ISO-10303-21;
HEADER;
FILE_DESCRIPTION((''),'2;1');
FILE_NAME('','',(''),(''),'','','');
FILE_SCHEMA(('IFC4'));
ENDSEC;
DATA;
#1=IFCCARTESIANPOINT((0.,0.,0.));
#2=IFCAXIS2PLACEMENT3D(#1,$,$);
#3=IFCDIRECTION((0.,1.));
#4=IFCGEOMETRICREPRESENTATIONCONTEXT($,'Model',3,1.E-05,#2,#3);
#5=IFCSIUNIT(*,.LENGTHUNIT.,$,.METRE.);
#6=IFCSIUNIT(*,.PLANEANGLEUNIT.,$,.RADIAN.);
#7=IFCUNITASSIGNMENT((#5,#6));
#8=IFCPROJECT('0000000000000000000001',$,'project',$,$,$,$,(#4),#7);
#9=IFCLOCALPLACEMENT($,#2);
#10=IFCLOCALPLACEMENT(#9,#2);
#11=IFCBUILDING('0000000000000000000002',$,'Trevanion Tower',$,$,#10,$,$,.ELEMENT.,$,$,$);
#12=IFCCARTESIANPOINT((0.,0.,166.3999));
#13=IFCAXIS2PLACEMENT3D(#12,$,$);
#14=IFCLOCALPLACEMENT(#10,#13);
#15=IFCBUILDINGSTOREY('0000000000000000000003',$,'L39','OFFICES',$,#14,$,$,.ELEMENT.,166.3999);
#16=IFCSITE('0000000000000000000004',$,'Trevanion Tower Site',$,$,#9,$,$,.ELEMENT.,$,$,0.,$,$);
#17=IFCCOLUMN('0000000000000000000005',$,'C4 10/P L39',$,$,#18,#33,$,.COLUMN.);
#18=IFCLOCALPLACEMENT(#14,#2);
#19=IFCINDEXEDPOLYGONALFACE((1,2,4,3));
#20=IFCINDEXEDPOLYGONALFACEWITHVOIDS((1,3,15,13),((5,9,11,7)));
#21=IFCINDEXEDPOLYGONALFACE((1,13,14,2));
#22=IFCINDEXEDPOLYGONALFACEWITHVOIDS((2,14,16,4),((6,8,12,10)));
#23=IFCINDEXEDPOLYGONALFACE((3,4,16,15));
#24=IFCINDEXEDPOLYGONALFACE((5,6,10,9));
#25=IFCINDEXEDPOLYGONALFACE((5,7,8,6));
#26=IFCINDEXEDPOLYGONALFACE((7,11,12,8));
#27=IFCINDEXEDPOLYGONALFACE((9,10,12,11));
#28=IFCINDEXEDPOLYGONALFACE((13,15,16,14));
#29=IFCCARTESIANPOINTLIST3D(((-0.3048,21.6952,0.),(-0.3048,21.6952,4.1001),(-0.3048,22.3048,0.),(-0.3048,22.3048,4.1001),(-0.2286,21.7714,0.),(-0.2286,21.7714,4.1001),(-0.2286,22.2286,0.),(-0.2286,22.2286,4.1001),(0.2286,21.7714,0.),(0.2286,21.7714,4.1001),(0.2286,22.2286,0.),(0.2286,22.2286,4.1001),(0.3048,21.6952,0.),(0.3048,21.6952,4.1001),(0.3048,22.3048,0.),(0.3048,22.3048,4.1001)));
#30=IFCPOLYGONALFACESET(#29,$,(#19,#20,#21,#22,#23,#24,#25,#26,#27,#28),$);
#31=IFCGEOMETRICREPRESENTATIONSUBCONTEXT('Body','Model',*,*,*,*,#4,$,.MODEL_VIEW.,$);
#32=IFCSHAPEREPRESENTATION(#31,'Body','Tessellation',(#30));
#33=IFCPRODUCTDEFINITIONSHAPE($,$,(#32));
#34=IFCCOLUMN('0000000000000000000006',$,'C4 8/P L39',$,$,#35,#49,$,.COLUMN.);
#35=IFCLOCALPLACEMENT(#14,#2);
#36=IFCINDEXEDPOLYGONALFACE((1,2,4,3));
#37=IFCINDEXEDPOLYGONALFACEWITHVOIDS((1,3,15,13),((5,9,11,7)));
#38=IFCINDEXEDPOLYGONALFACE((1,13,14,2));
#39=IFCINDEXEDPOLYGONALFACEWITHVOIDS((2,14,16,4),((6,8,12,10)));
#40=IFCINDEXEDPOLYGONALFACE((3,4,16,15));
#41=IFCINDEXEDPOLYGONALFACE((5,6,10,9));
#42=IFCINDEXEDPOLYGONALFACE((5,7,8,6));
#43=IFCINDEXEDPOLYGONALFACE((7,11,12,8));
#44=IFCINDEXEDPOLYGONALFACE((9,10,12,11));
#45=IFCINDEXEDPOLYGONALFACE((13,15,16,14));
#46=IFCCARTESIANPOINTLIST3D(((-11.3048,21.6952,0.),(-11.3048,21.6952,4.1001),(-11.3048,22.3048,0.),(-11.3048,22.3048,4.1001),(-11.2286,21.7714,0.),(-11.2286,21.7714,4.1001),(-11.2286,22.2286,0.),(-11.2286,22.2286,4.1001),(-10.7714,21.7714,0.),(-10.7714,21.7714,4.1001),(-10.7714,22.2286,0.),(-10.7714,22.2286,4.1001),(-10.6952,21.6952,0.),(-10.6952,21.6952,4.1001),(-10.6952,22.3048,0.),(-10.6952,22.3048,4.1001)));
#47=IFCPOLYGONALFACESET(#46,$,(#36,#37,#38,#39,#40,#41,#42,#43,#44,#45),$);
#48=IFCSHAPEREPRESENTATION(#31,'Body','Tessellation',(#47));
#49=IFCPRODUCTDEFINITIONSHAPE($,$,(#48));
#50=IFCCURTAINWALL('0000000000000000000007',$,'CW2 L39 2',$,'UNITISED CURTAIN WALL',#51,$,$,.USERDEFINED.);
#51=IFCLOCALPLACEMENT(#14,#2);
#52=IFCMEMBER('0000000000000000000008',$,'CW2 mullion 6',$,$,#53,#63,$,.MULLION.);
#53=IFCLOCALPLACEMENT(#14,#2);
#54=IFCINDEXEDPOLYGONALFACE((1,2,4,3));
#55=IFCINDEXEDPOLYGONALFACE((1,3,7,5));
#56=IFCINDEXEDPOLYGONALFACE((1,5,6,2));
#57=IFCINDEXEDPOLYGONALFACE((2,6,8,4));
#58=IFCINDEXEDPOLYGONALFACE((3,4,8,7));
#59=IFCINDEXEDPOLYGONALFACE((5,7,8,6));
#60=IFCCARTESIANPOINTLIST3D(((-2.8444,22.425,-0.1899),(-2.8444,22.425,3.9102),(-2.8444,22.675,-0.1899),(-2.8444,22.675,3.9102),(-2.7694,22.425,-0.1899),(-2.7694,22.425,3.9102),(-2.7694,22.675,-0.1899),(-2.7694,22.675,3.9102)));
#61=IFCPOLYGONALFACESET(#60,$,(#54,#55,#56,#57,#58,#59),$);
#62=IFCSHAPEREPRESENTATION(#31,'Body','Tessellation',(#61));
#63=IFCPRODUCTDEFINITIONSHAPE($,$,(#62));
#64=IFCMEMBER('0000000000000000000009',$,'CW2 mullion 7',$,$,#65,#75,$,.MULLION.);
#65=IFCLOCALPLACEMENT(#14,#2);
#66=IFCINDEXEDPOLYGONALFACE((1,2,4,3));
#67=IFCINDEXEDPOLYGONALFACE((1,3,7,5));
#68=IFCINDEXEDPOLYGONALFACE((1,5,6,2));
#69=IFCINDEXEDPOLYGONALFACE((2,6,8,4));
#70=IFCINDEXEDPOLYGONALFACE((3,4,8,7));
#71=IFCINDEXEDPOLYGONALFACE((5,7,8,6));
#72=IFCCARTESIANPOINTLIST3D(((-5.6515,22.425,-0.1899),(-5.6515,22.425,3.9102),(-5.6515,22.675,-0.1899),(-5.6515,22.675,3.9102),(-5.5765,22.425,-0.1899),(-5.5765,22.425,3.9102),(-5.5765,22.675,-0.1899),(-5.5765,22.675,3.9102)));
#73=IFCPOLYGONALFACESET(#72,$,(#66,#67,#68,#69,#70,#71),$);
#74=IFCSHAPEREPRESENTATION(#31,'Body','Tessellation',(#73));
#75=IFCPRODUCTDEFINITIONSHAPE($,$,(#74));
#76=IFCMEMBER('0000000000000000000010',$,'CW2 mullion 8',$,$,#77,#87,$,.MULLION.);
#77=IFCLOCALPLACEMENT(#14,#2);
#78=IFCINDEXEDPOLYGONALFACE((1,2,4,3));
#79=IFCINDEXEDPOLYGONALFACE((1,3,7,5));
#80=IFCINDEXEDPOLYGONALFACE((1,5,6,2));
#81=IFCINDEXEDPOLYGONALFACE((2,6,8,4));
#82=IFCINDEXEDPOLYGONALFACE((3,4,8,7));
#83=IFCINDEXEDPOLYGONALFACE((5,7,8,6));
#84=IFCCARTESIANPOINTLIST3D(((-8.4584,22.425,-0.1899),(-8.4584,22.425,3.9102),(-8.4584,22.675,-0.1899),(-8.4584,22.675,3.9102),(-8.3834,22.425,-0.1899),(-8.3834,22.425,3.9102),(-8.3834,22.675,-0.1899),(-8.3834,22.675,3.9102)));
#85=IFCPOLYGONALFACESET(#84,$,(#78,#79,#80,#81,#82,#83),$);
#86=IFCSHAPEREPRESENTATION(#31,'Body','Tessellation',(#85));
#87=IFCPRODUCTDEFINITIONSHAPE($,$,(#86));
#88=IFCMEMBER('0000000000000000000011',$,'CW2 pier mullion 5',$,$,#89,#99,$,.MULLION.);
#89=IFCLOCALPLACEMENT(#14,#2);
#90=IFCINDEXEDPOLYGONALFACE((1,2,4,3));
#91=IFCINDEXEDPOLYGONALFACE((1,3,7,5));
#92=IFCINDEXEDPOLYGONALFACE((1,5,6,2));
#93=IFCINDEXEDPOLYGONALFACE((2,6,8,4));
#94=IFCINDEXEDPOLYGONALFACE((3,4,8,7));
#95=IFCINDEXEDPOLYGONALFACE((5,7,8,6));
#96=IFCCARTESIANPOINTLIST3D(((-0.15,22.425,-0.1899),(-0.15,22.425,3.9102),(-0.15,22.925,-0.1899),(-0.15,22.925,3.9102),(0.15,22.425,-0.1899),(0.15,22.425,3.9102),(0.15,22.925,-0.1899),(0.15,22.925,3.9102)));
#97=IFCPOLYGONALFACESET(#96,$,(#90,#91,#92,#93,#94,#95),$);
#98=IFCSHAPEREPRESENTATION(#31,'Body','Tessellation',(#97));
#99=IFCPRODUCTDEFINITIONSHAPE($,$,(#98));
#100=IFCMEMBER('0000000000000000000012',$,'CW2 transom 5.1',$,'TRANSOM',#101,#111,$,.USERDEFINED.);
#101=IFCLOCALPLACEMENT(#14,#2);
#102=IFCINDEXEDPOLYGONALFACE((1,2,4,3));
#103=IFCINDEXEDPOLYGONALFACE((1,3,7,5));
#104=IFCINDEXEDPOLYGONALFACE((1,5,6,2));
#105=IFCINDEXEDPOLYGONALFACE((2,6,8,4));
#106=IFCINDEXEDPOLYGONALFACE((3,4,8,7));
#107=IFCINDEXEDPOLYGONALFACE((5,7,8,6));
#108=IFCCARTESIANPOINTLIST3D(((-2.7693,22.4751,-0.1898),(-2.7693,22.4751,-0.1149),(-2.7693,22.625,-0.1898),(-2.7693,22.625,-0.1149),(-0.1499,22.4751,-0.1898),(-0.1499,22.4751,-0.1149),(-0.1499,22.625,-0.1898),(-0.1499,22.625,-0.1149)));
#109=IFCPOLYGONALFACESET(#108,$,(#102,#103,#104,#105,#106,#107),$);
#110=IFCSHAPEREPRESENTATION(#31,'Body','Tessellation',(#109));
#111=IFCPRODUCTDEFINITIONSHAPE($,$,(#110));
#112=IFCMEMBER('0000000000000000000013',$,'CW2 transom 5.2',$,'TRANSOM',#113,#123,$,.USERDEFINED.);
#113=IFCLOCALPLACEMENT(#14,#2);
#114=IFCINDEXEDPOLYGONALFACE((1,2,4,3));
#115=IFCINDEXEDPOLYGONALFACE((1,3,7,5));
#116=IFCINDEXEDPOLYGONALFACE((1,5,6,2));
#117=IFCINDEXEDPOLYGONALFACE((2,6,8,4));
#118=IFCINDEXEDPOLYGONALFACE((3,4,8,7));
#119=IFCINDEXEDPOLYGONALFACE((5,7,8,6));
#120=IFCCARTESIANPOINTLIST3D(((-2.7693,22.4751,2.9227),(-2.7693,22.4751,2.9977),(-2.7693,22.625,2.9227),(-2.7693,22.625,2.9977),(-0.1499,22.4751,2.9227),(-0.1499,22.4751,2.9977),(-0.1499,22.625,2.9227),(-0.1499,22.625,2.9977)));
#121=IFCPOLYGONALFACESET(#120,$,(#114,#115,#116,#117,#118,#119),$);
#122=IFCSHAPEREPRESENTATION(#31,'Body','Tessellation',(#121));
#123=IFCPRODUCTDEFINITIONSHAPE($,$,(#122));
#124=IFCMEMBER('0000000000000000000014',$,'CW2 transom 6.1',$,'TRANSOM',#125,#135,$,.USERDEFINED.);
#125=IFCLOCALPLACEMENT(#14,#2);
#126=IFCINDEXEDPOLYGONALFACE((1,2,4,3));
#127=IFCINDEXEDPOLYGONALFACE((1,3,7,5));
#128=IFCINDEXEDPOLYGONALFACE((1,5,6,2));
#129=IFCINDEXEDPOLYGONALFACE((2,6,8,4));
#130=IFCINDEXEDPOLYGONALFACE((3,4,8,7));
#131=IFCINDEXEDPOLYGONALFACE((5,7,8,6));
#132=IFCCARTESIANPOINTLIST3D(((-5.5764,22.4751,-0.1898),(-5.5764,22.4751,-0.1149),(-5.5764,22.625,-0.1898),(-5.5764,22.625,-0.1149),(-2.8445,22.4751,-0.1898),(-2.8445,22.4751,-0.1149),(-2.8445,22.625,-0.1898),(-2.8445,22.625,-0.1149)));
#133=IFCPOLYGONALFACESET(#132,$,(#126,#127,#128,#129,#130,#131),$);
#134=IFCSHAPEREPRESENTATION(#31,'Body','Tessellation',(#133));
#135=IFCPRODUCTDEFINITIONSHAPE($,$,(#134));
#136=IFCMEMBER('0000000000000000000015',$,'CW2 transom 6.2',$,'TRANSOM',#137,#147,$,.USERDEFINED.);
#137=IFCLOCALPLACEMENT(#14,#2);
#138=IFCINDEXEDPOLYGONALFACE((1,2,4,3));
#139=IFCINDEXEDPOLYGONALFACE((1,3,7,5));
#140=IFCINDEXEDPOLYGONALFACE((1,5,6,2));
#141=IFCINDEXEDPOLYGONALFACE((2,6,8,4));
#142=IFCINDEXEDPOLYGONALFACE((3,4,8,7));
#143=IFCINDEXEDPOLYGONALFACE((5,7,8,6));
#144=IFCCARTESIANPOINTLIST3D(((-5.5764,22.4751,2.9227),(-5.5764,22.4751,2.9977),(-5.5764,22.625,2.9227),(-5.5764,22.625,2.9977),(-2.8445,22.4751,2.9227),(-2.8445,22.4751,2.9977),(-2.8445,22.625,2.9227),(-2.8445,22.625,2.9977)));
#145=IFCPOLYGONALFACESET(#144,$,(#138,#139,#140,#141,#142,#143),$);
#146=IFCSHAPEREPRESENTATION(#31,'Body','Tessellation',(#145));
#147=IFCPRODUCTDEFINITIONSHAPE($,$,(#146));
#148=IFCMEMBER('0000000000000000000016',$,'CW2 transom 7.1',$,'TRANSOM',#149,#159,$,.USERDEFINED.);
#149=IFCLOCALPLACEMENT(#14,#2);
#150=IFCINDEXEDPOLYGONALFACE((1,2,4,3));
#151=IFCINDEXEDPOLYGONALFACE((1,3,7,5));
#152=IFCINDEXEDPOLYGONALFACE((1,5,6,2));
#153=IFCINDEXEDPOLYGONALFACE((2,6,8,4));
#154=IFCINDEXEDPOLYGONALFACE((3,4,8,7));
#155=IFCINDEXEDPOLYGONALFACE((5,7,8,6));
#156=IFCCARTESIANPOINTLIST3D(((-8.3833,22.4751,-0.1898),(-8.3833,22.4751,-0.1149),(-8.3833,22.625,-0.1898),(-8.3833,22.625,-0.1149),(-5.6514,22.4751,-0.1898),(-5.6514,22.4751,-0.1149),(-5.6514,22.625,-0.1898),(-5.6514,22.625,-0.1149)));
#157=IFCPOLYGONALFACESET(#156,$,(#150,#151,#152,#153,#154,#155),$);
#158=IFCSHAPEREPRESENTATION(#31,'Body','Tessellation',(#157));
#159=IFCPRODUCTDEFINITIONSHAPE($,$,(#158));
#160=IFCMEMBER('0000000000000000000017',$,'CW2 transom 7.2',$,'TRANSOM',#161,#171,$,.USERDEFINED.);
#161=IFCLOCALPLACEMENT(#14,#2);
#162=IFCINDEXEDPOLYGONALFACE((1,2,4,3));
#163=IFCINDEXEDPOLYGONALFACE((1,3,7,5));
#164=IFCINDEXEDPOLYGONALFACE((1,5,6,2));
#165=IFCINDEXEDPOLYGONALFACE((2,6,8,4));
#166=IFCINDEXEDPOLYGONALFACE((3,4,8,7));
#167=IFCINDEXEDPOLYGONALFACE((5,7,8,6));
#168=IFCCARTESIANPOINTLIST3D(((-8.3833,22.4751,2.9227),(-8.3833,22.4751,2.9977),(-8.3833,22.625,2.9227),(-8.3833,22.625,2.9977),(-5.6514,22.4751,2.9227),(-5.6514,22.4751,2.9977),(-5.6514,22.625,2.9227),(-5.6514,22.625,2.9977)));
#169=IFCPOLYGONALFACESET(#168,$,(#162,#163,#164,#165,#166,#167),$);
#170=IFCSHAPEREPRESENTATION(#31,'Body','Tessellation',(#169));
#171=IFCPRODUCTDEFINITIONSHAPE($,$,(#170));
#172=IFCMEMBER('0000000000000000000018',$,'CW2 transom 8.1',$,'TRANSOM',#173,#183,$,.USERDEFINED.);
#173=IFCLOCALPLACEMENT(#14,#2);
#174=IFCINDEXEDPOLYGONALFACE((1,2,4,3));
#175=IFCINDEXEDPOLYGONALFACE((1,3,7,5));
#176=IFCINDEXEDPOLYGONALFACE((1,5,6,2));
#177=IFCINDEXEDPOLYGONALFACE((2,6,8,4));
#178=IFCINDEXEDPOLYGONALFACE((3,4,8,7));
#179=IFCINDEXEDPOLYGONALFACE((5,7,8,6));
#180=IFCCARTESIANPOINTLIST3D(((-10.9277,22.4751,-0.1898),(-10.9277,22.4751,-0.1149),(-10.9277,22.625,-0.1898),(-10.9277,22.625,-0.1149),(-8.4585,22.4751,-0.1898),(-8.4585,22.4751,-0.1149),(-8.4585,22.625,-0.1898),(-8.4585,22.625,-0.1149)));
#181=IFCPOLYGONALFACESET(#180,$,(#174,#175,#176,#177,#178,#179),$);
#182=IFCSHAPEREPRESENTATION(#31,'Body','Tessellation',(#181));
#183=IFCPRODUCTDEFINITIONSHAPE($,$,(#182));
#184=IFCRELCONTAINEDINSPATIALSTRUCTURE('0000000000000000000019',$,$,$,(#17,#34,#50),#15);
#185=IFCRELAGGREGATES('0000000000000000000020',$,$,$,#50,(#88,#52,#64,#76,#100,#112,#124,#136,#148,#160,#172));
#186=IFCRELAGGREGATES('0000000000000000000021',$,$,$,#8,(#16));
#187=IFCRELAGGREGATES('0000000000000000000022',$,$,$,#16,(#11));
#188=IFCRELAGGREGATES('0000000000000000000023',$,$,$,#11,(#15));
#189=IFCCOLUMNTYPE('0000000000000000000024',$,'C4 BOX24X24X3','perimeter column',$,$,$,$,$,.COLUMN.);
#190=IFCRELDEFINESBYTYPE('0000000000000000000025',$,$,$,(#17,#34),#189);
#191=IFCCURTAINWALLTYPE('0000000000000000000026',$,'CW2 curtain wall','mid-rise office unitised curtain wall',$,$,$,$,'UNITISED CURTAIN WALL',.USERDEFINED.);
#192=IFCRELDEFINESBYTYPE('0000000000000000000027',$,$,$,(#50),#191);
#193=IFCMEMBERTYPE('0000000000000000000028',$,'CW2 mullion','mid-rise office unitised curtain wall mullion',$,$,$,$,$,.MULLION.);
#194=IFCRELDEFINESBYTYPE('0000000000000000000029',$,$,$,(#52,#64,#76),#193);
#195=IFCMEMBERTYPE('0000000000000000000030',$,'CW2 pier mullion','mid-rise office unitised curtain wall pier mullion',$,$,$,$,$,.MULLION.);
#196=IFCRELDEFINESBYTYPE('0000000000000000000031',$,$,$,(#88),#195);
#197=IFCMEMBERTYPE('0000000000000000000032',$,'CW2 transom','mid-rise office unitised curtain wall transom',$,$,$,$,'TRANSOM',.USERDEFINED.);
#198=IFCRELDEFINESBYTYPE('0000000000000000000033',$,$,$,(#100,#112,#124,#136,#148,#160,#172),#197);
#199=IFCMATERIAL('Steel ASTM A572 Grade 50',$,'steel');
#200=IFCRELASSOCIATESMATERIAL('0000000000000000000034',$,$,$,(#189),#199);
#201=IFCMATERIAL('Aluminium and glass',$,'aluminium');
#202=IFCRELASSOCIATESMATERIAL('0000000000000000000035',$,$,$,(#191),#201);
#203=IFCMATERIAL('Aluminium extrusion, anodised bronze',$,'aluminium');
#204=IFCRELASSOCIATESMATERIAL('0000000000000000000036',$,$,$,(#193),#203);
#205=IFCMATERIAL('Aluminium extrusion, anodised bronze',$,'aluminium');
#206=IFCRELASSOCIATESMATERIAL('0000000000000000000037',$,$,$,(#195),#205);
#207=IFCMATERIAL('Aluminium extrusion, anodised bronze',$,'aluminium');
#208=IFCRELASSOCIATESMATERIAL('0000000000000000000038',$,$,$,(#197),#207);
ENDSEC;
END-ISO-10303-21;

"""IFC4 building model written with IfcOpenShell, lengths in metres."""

from ifc_helpers import new_model, si_unit, direction, frame, origin, origin_2d, place, context, subcontext, project, spatial, rectangle, hollow_rectangle, extrude, material, material_profile, profile_set, type_object, element, aggregate, save


model = new_model("IFC4")

# Units and contexts
model_context = context("Model", 3, precision=1e-05, world=origin(), true_north=direction((0.0, 1.0)))
body_context = subcontext(model_context, "Body", "Model", "MODEL_VIEW")
ifc_project = project(units=[si_unit("LENGTHUNIT", "METRE"), si_unit("PLANEANGLEUNIT", "RADIAN")], contexts=[model_context])

# Site, building, storey
site_placement = place(None, origin())
site = spatial("IfcSite", under=ifc_project, at=site_placement, Name="Trevanion Tower Site", CompositionType="ELEMENT", RefElevation=0.0)
building_placement = place(site_placement, origin())
building = spatial("IfcBuilding", under=site, at=building_placement, Name="Trevanion Tower", CompositionType="ELEMENT")
storey_placement = place(building_placement, frame((0.0, 0.0, 166.3999)))
storey = spatial("IfcBuildingStorey", under=building, at=storey_placement, Name="L39", Description="OFFICES", CompositionType="ELEMENT", Elevation=166.3999)

# Columns
ifc_material_1 = material(Name="Steel ASTM A572 Grade 50", Category="steel")
ifc_material_profile_1 = material_profile(ifc_material_1, hollow_rectangle(XDim=0.6096, YDim=0.6096, WallThickness=0.0762, at=origin_2d()), Name="BOX24X24X3")
ifc_profile_set_1 = profile_set([ifc_material_profile_1], Name="Steel ASTM A572 Grade 50")
column_type = type_object("IfcColumnType", Name="C4 BOX24X24X3", Description="perimeter column", PredefinedType="COLUMN", material=ifc_profile_set_1)
for number, where, z_axis, x_axis, name in (
    (1, (0.0, 22.0, 0.0), (0.0, 0.0, 1.0), (1.0, 0.0, 0.0), "C4 10/P L39"),
    (2, (-11.0, 22.0, 0.0), (0.0, 0.0, 1.0), (1.0, 0.0, 0.0), "C4 8/P L39"),
):
    element("IfcColumn", number, at=place(storey_placement, frame(where, z_axis=z_axis, x_axis=x_axis)), inside=storey, type_object=column_type, Name=name, PredefinedType="COLUMN", context=body_context, shape_type="SweptSolid", body=[
        extrude(hollow_rectangle(XDim=0.6096, YDim=0.6096, WallThickness=0.0762, at=origin_2d()), origin(), (0.0, 0.0, 1.0), 4.1001),
    ])

# Curtain wall, members
ifc_material_2 = material(Name="Aluminium and glass", Category="aluminium")
curtain_wall_type = type_object("IfcCurtainWallType", Name="CW2 curtain wall", Description="mid-rise office unitised curtain wall", ElementType="UNITISED CURTAIN WALL", PredefinedType="USERDEFINED", material=ifc_material_2)
curtain_wall_placement = place(storey_placement, origin())
curtain_wall = element("IfcCurtainWall", 3, at=curtain_wall_placement, inside=storey, type_object=curtain_wall_type, Name="CW2 L39 2", ObjectType="UNITISED CURTAIN WALL", PredefinedType="USERDEFINED")
ifc_material_3 = material(Name="Aluminium extrusion, anodised bronze", Category="aluminium")
ifc_material_profile_2 = material_profile(ifc_material_3, rectangle(XDim=0.075, YDim=0.25, at=origin_2d()), Name="CW2 mullion")
ifc_profile_set_2 = profile_set([ifc_material_profile_2], Name="Aluminium extrusion, anodised bronze")
member_type_1 = type_object("IfcMemberType", Name="CW2 mullion", Description="mid-rise office unitised curtain wall mullion", PredefinedType="MULLION", material=ifc_profile_set_2)
member_1_placement = place(storey_placement, frame((-2.8069, 22.55, -0.1899), z_axis=(0.0, 0.0, 1.0), x_axis=(-1.0, 0.0, 0.0)))
member_1 = element("IfcMember", 4, at=member_1_placement, type_object=member_type_1, Name="CW2 mullion 6", PredefinedType="MULLION", context=body_context, shape_type="SweptSolid", body=[
    extrude(rectangle(XDim=0.075, YDim=0.25, at=origin_2d()), origin(), (0.0, 0.0, 1.0), 4.1001),
])
member_2_placement = place(storey_placement, frame((-5.614, 22.55, -0.1899), z_axis=(0.0, 0.0, 1.0), x_axis=(-1.0, 0.0, 0.0)))
member_2 = element("IfcMember", 5, at=member_2_placement, type_object=member_type_1, Name="CW2 mullion 7", PredefinedType="MULLION", context=body_context, shape_type="SweptSolid", body=[
    extrude(rectangle(XDim=0.075, YDim=0.25, at=origin_2d()), origin(), (0.0, 0.0, 1.0), 4.1001),
])
member_3_placement = place(storey_placement, frame((-8.4209, 22.55, -0.1899), z_axis=(0.0, 0.0, 1.0), x_axis=(-1.0, 0.0, 0.0)))
member_3 = element("IfcMember", 6, at=member_3_placement, type_object=member_type_1, Name="CW2 mullion 8", PredefinedType="MULLION", context=body_context, shape_type="SweptSolid", body=[
    extrude(rectangle(XDim=0.075, YDim=0.25, at=origin_2d()), origin(), (0.0, 0.0, 1.0), 4.1001),
])
ifc_material_4 = material(Name="Aluminium extrusion, anodised bronze", Category="aluminium")
ifc_material_profile_3 = material_profile(ifc_material_4, rectangle(XDim=0.3, YDim=0.5, at=origin_2d()), Name="CW2 pier mullion")
ifc_profile_set_3 = profile_set([ifc_material_profile_3], Name="Aluminium extrusion, anodised bronze")
member_type_2 = type_object("IfcMemberType", Name="CW2 pier mullion", Description="mid-rise office unitised curtain wall pier mullion", PredefinedType="MULLION", material=ifc_profile_set_3)
member_4_placement = place(storey_placement, frame((0.0, 22.675, -0.1899), z_axis=(0.0, 0.0, 1.0), x_axis=(-1.0, 0.0, 0.0)))
member_4 = element("IfcMember", 7, at=member_4_placement, type_object=member_type_2, Name="CW2 pier mullion 5", PredefinedType="MULLION", context=body_context, shape_type="SweptSolid", body=[
    extrude(rectangle(XDim=0.3, YDim=0.5, at=origin_2d()), origin(), (0.0, 0.0, 1.0), 4.1001),
])
ifc_material_5 = material(Name="Aluminium extrusion, anodised bronze", Category="aluminium")
ifc_material_profile_4 = material_profile(ifc_material_5, rectangle(XDim=0.1499, YDim=0.075, at=origin_2d()), Name="CW2 transom")
ifc_profile_set_4 = profile_set([ifc_material_profile_4], Name="Aluminium extrusion, anodised bronze")
member_type_3 = type_object("IfcMemberType", Name="CW2 transom", Description="mid-rise office unitised curtain wall transom", ElementType="TRANSOM", PredefinedType="USERDEFINED", material=ifc_profile_set_4)
member_5_placement = place(storey_placement, frame((-0.1499, 22.55, -0.1523), z_axis=(-1.0, 0.0, 0.0), x_axis=(0.0, -1.0, 0.0)))
member_5 = element("IfcMember", 8, at=member_5_placement, type_object=member_type_3, Name="CW2 transom 5.1", ObjectType="TRANSOM", PredefinedType="USERDEFINED", context=body_context, shape_type="SweptSolid", body=[
    extrude(rectangle(XDim=0.1499, YDim=0.075, at=origin_2d()), origin(), (0.0, 0.0, 1.0), 2.6194),
])
member_6_placement = place(storey_placement, frame((-0.1499, 22.55, 2.9602), z_axis=(-1.0, 0.0, 0.0), x_axis=(0.0, -1.0, 0.0)))
member_6 = element("IfcMember", 9, at=member_6_placement, type_object=member_type_3, Name="CW2 transom 5.2", ObjectType="TRANSOM", PredefinedType="USERDEFINED", context=body_context, shape_type="SweptSolid", body=[
    extrude(rectangle(XDim=0.1499, YDim=0.075, at=origin_2d()), origin(), (0.0, 0.0, 1.0), 2.6194),
])
member_7_placement = place(storey_placement, frame((-2.8445, 22.55, -0.1523), z_axis=(-1.0, 0.0, 0.0), x_axis=(0.0, -1.0, 0.0)))
member_7 = element("IfcMember", 10, at=member_7_placement, type_object=member_type_3, Name="CW2 transom 6.1", ObjectType="TRANSOM", PredefinedType="USERDEFINED", context=body_context, shape_type="SweptSolid", body=[
    extrude(rectangle(XDim=0.1499, YDim=0.075, at=origin_2d()), origin(), (0.0, 0.0, 1.0), 2.7319),
])
member_8_placement = place(storey_placement, frame((-2.8445, 22.55, 2.9602), z_axis=(-1.0, 0.0, 0.0), x_axis=(0.0, -1.0, 0.0)))
member_8 = element("IfcMember", 11, at=member_8_placement, type_object=member_type_3, Name="CW2 transom 6.2", ObjectType="TRANSOM", PredefinedType="USERDEFINED", context=body_context, shape_type="SweptSolid", body=[
    extrude(rectangle(XDim=0.1499, YDim=0.075, at=origin_2d()), origin(), (0.0, 0.0, 1.0), 2.7319),
])
member_9_placement = place(storey_placement, frame((-5.6514, 22.55, -0.1523), z_axis=(-1.0, 0.0, 0.0), x_axis=(0.0, -1.0, 0.0)))
member_9 = element("IfcMember", 12, at=member_9_placement, type_object=member_type_3, Name="CW2 transom 7.1", ObjectType="TRANSOM", PredefinedType="USERDEFINED", context=body_context, shape_type="SweptSolid", body=[
    extrude(rectangle(XDim=0.1499, YDim=0.075, at=origin_2d()), origin(), (0.0, 0.0, 1.0), 2.7319),
])
member_10_placement = place(storey_placement, frame((-5.6514, 22.55, 2.9602), z_axis=(-1.0, 0.0, 0.0), x_axis=(0.0, -1.0, 0.0)))
member_10 = element("IfcMember", 13, at=member_10_placement, type_object=member_type_3, Name="CW2 transom 7.2", ObjectType="TRANSOM", PredefinedType="USERDEFINED", context=body_context, shape_type="SweptSolid", body=[
    extrude(rectangle(XDim=0.1499, YDim=0.075, at=origin_2d()), origin(), (0.0, 0.0, 1.0), 2.7319),
])
member_11_placement = place(storey_placement, frame((-8.4585, 22.55, -0.1523), z_axis=(-1.0, 0.0, 0.0), x_axis=(0.0, -1.0, 0.0)))
member_11 = element("IfcMember", 14, at=member_11_placement, type_object=member_type_3, Name="CW2 transom 8.1", ObjectType="TRANSOM", PredefinedType="USERDEFINED", context=body_context, shape_type="SweptSolid", body=[
    extrude(rectangle(XDim=0.1499, YDim=0.075, at=origin_2d()), origin(), (0.0, 0.0, 1.0), 2.4692),
])

aggregate(curtain_wall, [member_4, member_1, member_2, member_3, member_5, member_6, member_7, member_8, member_9, member_10, member_11])

save(model, "model.ifc")
